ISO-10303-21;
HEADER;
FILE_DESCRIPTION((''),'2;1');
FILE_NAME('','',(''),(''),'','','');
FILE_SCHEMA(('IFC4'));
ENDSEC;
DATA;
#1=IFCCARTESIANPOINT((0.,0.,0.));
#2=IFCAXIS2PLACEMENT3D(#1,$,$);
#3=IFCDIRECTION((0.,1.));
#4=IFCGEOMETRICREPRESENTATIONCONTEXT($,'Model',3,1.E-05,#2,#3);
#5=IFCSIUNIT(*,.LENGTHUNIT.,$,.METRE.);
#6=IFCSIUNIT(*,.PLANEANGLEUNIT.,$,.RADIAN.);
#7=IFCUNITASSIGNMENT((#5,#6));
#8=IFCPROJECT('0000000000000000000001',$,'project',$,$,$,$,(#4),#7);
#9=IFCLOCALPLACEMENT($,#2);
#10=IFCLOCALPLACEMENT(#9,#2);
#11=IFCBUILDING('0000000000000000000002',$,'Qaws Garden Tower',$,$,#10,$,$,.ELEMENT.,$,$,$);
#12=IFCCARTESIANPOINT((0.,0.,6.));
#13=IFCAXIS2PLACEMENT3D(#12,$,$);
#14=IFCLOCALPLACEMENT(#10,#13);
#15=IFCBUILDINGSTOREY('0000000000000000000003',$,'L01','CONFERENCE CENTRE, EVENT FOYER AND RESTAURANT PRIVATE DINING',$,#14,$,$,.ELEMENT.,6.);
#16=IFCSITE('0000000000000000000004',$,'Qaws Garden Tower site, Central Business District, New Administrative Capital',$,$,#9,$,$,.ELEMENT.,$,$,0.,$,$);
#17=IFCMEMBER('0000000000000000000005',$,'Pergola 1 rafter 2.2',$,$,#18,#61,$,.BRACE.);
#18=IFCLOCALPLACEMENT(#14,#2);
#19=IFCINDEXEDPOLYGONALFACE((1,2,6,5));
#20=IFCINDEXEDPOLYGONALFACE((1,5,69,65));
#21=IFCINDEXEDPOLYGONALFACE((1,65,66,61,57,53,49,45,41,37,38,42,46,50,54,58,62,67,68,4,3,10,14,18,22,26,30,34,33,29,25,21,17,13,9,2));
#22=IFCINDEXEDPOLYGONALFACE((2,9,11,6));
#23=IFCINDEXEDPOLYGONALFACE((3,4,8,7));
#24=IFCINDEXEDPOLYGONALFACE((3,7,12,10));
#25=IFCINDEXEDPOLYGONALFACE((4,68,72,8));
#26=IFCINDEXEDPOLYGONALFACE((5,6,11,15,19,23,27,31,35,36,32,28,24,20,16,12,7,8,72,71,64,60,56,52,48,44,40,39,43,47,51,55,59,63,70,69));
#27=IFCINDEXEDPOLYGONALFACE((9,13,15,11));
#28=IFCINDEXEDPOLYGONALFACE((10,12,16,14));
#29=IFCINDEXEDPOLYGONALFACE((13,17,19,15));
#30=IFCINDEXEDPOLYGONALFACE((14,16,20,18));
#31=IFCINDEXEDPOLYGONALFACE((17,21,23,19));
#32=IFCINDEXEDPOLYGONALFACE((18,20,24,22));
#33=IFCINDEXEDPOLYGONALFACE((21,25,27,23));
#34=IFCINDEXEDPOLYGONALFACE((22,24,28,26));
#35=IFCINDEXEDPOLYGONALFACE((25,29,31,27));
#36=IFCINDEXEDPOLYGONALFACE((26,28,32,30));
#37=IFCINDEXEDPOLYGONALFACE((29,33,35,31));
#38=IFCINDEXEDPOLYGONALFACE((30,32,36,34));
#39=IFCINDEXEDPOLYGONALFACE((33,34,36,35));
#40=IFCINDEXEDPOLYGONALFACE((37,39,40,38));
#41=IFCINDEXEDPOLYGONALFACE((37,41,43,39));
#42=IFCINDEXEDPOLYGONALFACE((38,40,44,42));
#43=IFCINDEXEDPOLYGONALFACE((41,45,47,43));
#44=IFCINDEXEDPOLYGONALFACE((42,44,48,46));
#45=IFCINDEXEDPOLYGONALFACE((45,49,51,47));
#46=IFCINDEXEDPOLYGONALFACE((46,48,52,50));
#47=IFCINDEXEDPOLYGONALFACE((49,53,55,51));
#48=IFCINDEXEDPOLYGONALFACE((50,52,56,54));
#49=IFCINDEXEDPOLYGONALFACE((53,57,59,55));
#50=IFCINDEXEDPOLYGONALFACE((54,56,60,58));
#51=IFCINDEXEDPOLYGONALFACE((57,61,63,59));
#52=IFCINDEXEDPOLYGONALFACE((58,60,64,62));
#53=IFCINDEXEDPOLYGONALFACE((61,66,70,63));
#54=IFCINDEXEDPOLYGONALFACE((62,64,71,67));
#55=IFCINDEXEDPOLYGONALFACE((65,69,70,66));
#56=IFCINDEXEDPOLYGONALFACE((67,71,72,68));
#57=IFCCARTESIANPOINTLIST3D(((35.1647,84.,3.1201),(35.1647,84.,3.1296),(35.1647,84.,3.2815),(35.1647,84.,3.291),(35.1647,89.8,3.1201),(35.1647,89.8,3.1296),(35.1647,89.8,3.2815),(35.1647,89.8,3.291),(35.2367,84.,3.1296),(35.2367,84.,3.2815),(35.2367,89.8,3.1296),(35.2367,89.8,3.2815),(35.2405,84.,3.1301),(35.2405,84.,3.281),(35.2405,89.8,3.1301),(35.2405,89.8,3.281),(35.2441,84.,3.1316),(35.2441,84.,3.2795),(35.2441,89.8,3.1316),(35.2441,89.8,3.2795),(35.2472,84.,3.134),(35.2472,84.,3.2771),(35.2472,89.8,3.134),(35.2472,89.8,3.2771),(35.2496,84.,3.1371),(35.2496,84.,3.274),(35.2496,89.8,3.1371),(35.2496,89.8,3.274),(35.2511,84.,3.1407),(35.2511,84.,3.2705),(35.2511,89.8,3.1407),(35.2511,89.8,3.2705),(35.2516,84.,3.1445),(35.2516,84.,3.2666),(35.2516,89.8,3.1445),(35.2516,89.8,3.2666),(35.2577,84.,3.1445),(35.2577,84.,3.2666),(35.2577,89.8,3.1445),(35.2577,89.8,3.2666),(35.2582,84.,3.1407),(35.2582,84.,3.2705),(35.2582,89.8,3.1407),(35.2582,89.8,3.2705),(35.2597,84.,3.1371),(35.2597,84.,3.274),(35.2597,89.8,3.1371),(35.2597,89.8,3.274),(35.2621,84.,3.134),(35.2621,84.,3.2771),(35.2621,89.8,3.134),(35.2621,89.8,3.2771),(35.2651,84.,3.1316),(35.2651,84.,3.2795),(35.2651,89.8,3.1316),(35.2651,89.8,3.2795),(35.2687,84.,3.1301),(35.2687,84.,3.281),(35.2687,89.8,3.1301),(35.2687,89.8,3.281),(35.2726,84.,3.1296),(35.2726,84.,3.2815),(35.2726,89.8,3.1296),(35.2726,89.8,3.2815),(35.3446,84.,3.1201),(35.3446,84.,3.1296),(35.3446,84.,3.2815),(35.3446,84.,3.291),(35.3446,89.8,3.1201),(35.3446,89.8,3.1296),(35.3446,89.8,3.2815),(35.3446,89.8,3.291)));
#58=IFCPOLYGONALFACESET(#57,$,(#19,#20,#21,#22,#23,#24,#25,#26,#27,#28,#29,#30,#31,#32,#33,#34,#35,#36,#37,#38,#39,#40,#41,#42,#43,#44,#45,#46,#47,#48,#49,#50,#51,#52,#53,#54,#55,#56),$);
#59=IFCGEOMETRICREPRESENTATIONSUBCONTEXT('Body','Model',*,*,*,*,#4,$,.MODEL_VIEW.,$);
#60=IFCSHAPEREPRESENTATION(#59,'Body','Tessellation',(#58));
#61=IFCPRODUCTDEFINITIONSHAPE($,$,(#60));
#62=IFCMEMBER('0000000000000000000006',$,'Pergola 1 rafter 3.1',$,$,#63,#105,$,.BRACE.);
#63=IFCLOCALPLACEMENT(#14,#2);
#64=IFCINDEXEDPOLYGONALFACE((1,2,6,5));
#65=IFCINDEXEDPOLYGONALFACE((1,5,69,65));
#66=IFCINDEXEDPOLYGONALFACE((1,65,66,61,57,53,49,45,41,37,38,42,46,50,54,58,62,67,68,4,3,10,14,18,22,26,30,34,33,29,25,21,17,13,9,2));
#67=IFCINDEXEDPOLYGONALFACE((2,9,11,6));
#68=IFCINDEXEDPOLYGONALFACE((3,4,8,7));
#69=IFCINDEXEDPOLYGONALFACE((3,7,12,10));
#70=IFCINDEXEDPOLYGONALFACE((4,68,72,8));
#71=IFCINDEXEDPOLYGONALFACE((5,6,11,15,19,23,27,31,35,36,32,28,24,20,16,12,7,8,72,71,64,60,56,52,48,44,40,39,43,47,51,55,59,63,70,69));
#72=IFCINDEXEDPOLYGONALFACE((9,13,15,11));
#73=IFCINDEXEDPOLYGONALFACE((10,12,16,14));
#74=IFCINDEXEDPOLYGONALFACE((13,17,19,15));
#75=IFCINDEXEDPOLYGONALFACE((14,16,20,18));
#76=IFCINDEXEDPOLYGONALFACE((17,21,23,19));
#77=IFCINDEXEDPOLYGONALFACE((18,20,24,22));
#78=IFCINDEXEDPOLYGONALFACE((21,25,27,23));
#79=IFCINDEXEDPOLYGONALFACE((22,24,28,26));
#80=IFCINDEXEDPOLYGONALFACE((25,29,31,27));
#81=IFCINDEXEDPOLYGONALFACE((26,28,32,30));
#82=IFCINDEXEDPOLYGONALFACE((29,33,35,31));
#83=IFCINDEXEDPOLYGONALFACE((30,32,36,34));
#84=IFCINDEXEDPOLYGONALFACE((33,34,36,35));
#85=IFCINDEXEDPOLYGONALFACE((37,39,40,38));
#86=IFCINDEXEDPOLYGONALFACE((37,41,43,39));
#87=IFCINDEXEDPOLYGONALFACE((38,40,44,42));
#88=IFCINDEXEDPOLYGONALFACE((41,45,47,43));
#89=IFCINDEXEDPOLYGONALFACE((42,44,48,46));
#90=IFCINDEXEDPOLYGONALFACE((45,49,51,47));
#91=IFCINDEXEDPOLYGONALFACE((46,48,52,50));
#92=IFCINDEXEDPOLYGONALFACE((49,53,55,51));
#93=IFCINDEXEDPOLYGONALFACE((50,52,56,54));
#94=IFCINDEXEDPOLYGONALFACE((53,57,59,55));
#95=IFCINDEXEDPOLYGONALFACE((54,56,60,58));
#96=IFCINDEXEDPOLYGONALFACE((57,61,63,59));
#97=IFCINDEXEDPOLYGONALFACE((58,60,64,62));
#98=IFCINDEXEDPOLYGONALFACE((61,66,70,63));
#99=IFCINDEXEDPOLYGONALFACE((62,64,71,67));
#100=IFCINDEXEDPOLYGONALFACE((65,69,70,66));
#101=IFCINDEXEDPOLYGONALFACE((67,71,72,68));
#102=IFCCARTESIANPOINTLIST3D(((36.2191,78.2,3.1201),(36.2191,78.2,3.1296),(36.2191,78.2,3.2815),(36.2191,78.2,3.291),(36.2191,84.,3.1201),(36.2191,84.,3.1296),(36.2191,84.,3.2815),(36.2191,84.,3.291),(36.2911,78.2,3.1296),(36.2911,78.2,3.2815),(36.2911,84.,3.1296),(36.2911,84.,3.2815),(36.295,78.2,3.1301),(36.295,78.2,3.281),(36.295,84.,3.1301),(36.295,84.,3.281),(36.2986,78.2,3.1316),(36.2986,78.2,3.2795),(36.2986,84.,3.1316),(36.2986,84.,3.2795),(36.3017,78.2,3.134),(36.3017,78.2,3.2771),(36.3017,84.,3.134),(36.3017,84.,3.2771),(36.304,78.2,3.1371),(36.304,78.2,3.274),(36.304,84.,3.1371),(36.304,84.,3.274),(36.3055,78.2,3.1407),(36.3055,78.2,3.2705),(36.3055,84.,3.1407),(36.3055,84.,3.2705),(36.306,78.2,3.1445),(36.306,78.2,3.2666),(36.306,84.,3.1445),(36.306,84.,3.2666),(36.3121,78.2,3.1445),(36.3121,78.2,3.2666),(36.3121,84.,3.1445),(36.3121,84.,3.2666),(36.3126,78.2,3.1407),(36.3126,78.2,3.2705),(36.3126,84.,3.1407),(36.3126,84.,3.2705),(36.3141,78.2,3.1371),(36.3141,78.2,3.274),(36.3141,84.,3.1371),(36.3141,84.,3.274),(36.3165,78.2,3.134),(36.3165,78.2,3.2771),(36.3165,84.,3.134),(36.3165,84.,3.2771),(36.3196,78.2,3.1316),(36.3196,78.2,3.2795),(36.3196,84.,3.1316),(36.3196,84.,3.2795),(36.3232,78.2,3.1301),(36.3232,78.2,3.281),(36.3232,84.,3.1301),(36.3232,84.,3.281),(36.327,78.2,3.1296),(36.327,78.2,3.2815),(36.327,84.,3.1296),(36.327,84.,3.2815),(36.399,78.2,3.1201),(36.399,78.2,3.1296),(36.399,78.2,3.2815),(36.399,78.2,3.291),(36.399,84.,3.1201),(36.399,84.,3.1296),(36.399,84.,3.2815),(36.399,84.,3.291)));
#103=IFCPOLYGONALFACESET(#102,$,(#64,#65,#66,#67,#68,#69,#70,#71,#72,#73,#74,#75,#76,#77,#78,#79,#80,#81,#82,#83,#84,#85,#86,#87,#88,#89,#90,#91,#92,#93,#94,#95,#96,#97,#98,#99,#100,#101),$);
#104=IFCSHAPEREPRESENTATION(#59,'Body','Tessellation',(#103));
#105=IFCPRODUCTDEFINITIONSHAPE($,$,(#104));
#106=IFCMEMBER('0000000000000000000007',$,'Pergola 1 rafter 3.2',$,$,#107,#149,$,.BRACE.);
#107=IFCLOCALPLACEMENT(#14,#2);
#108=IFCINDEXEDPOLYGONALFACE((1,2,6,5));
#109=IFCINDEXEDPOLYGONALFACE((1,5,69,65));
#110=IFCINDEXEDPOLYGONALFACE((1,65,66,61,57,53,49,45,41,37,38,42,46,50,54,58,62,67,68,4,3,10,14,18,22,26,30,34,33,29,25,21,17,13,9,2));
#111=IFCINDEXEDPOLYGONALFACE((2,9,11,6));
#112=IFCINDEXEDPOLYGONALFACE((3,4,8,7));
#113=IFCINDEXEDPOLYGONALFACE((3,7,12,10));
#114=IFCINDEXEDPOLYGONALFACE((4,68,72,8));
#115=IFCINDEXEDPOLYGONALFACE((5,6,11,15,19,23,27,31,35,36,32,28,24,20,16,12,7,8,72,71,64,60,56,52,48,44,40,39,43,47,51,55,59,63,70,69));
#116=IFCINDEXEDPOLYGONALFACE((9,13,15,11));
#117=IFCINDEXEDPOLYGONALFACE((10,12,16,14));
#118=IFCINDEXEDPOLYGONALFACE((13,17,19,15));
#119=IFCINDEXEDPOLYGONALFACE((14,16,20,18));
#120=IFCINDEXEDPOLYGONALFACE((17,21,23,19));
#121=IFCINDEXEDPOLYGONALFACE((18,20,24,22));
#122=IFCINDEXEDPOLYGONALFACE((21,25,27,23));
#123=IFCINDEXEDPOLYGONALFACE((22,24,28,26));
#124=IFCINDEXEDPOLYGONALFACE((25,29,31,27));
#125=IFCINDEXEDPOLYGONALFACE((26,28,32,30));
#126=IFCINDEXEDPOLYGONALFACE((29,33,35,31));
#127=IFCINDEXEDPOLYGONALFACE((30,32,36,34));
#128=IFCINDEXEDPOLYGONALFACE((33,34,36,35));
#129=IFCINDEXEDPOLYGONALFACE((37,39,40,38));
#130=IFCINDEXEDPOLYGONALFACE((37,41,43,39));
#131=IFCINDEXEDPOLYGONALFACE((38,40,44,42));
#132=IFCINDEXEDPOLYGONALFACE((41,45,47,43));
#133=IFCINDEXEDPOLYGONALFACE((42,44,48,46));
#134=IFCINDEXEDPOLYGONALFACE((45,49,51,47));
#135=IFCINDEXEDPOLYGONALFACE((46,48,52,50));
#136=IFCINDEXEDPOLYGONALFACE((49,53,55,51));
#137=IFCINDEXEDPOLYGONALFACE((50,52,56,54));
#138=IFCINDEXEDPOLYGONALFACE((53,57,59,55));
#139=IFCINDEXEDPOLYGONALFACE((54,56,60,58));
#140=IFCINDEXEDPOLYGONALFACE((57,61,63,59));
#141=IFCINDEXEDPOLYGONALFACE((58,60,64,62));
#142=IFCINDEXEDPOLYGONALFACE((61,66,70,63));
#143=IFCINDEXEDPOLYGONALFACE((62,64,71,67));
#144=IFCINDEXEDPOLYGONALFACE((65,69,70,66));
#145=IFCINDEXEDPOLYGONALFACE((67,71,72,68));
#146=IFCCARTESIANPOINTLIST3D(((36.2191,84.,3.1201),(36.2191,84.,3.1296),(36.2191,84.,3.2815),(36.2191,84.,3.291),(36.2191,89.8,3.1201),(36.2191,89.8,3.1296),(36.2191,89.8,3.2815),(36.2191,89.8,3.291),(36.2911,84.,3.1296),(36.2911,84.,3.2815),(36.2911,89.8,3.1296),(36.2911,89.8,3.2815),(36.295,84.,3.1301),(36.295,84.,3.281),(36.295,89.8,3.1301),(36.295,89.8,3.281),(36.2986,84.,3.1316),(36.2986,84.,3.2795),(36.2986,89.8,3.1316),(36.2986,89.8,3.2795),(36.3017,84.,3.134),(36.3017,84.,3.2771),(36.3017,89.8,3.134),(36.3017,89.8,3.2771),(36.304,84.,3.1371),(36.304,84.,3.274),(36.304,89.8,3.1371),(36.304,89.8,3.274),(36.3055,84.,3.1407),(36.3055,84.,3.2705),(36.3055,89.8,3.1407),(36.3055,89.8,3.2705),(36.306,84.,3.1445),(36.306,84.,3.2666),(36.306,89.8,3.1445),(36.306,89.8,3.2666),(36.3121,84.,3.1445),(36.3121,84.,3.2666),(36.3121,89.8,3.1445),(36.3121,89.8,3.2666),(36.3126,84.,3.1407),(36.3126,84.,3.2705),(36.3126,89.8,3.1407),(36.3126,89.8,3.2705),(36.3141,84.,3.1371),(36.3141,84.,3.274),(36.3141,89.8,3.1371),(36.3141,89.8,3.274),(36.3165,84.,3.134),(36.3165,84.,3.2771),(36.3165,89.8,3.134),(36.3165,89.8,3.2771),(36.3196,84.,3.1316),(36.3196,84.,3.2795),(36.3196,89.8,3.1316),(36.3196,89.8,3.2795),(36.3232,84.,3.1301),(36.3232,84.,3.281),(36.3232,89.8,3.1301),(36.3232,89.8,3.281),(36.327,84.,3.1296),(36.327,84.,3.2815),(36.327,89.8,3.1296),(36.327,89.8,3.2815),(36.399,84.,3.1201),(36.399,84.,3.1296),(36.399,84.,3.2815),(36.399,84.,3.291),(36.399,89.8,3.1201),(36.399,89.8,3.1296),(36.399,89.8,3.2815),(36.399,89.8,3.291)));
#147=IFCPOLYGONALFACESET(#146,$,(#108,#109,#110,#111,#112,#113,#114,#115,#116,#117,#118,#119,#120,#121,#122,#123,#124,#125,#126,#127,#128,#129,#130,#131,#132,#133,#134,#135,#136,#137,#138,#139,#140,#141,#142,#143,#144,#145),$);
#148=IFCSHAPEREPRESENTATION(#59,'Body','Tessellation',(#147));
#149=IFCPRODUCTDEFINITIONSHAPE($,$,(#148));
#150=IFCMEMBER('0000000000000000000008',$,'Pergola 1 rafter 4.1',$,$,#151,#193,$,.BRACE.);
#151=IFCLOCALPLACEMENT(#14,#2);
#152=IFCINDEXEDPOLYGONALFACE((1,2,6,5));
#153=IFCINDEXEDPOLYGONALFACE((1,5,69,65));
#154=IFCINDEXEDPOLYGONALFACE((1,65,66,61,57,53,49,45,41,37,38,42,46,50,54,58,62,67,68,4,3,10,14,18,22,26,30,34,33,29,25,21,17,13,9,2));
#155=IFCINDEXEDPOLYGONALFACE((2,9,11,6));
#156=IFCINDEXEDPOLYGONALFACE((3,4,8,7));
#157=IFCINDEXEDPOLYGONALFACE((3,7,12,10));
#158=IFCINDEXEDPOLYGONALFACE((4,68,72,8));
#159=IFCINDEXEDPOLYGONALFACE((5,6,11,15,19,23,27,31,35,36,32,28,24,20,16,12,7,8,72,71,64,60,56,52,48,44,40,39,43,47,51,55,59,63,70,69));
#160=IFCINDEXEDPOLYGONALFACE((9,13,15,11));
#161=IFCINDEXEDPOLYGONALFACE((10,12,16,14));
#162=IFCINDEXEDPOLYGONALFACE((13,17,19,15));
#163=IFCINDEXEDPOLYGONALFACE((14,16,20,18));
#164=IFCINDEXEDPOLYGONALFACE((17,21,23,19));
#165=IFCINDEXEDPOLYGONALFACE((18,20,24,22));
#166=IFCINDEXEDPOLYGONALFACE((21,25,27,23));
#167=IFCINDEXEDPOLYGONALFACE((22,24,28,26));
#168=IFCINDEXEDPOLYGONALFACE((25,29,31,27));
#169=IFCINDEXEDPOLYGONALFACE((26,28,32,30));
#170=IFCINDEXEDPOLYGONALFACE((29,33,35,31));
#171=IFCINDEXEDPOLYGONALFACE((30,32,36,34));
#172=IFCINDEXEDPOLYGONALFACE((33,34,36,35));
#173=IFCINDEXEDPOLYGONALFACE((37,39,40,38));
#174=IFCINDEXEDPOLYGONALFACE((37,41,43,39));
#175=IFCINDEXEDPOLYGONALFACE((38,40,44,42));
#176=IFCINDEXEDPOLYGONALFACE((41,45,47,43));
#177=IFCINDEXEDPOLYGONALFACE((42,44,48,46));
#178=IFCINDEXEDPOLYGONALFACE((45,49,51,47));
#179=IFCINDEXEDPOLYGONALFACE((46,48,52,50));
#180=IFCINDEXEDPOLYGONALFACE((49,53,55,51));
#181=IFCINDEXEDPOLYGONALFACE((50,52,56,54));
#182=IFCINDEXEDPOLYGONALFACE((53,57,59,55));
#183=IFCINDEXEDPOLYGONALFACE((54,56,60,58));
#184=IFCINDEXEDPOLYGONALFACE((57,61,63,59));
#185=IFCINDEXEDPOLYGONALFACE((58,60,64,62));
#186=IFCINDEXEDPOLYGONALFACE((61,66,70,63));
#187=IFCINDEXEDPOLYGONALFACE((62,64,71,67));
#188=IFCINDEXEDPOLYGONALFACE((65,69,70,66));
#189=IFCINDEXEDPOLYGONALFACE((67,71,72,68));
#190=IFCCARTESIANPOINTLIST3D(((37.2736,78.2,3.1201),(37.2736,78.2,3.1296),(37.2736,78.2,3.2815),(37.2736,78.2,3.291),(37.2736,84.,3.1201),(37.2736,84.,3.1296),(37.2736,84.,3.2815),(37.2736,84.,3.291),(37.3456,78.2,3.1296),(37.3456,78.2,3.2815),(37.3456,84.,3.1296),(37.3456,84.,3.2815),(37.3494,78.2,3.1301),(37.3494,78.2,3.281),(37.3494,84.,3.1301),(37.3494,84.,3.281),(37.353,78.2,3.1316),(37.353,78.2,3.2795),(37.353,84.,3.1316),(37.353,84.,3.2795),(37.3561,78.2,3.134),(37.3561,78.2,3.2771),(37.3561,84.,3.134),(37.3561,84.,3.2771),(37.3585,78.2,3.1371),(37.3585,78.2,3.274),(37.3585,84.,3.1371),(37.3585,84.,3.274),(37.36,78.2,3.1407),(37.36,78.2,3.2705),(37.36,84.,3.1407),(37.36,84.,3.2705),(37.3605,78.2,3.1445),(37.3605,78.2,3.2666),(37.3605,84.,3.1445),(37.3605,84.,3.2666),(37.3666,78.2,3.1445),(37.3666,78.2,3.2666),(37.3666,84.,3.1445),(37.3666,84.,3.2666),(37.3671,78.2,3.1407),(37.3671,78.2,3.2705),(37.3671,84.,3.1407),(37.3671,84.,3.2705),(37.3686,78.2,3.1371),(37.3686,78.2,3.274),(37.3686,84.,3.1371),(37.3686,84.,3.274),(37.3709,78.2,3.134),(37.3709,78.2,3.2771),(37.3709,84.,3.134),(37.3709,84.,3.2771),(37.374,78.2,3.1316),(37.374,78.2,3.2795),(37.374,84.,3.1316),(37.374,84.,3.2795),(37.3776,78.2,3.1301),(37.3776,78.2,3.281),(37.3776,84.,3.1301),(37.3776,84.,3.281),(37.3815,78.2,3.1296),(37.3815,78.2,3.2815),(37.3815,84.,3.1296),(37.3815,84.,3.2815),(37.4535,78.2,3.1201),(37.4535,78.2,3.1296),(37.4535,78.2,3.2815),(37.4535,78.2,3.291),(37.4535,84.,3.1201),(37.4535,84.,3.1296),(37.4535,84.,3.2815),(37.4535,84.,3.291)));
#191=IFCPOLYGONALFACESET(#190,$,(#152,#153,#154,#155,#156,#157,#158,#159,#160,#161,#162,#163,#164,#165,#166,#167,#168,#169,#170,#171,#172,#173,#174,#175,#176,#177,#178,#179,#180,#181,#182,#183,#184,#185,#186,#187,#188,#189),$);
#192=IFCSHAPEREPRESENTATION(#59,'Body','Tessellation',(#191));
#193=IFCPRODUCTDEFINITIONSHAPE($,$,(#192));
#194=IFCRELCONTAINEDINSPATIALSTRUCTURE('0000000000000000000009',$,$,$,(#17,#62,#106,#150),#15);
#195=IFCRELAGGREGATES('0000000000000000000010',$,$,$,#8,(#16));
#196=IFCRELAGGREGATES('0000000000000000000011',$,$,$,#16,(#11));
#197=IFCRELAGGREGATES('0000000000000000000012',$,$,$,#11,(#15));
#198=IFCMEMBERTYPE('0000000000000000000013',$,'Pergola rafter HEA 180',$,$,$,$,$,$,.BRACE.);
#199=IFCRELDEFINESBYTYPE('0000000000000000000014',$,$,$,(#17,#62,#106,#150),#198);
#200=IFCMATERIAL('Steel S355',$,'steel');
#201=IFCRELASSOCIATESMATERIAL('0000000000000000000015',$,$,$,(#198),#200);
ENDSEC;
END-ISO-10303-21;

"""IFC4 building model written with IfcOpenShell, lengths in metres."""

from ifc_helpers import new_model, si_unit, direction, frame, origin, origin_2d, place, context, subcontext, project, spatial, i_section, extrude, material, material_profile, profile_set, type_object, element, save


model = new_model("IFC4")

# Units and contexts
model_context = context("Model", 3, precision=1e-05, world=origin(), true_north=direction((0.0, 1.0)))
body_context = subcontext(model_context, "Body", "Model", "MODEL_VIEW")
ifc_project = project(units=[si_unit("LENGTHUNIT", "METRE"), si_unit("PLANEANGLEUNIT", "RADIAN")], contexts=[model_context])

# Site, building, storey
site_placement = place(None, origin())
site = spatial("IfcSite", under=ifc_project, at=site_placement, Name="Qaws Garden Tower site, Central Business District, New Administrative Capital", CompositionType="ELEMENT", RefElevation=0.0)
building_placement = place(site_placement, origin())
building = spatial("IfcBuilding", under=site, at=building_placement, Name="Qaws Garden Tower", CompositionType="ELEMENT")
storey_placement = place(building_placement, frame((0.0, 0.0, 6.0)))
storey = spatial("IfcBuildingStorey", under=building, at=storey_placement, Name="L01", Description="CONFERENCE CENTRE, EVENT FOYER AND RESTAURANT PRIVATE DINING", CompositionType="ELEMENT", Elevation=6.0)

# Members
ifc_material_1 = material(Name="Steel S355", Category="steel")
ifc_material_profile_1 = material_profile(ifc_material_1, i_section(OverallWidth=0.1799, OverallDepth=0.1709, WebThickness=0.0061, FlangeThickness=0.0095, FilletRadius=0.0149, at=origin_2d()), Name="HEA 180")
ifc_profile_set_1 = profile_set([ifc_material_profile_1], Name="Steel S355")
member_type = type_object("IfcMemberType", Name="Pergola rafter HEA 180", PredefinedType="BRACE", material=ifc_profile_set_1)
for number, where, z_axis, x_axis, name in (
    (1, (35.2546, 84.0, 3.2056), (0.0, 1.0, 0.0), (-1.0, 0.0, 0.0), "Pergola 1 rafter 2.2"),
    (2, (36.3091, 78.2, 3.2056), (0.0, 1.0, 0.0), (-1.0, 0.0, 0.0), "Pergola 1 rafter 3.1"),
    (3, (36.3091, 84.0, 3.2056), (0.0, 1.0, 0.0), (-1.0, 0.0, 0.0), "Pergola 1 rafter 3.2"),
    (4, (37.3635, 78.2, 3.2056), (0.0, 1.0, 0.0), (-1.0, 0.0, 0.0), "Pergola 1 rafter 4.1"),
):
    element("IfcMember", number, at=place(storey_placement, frame(where, z_axis=z_axis, x_axis=x_axis)), inside=storey, type_object=member_type, Name=name, PredefinedType="BRACE", context=body_context, shape_type="SweptSolid", body=[
        extrude(i_section(OverallWidth=0.1799, OverallDepth=0.1709, WebThickness=0.0061, FlangeThickness=0.0095, FilletRadius=0.0149, at=origin_2d()), origin(), (0.0, 0.0, 1.0), 5.8),
    ])

save(model, "model.ifc")
